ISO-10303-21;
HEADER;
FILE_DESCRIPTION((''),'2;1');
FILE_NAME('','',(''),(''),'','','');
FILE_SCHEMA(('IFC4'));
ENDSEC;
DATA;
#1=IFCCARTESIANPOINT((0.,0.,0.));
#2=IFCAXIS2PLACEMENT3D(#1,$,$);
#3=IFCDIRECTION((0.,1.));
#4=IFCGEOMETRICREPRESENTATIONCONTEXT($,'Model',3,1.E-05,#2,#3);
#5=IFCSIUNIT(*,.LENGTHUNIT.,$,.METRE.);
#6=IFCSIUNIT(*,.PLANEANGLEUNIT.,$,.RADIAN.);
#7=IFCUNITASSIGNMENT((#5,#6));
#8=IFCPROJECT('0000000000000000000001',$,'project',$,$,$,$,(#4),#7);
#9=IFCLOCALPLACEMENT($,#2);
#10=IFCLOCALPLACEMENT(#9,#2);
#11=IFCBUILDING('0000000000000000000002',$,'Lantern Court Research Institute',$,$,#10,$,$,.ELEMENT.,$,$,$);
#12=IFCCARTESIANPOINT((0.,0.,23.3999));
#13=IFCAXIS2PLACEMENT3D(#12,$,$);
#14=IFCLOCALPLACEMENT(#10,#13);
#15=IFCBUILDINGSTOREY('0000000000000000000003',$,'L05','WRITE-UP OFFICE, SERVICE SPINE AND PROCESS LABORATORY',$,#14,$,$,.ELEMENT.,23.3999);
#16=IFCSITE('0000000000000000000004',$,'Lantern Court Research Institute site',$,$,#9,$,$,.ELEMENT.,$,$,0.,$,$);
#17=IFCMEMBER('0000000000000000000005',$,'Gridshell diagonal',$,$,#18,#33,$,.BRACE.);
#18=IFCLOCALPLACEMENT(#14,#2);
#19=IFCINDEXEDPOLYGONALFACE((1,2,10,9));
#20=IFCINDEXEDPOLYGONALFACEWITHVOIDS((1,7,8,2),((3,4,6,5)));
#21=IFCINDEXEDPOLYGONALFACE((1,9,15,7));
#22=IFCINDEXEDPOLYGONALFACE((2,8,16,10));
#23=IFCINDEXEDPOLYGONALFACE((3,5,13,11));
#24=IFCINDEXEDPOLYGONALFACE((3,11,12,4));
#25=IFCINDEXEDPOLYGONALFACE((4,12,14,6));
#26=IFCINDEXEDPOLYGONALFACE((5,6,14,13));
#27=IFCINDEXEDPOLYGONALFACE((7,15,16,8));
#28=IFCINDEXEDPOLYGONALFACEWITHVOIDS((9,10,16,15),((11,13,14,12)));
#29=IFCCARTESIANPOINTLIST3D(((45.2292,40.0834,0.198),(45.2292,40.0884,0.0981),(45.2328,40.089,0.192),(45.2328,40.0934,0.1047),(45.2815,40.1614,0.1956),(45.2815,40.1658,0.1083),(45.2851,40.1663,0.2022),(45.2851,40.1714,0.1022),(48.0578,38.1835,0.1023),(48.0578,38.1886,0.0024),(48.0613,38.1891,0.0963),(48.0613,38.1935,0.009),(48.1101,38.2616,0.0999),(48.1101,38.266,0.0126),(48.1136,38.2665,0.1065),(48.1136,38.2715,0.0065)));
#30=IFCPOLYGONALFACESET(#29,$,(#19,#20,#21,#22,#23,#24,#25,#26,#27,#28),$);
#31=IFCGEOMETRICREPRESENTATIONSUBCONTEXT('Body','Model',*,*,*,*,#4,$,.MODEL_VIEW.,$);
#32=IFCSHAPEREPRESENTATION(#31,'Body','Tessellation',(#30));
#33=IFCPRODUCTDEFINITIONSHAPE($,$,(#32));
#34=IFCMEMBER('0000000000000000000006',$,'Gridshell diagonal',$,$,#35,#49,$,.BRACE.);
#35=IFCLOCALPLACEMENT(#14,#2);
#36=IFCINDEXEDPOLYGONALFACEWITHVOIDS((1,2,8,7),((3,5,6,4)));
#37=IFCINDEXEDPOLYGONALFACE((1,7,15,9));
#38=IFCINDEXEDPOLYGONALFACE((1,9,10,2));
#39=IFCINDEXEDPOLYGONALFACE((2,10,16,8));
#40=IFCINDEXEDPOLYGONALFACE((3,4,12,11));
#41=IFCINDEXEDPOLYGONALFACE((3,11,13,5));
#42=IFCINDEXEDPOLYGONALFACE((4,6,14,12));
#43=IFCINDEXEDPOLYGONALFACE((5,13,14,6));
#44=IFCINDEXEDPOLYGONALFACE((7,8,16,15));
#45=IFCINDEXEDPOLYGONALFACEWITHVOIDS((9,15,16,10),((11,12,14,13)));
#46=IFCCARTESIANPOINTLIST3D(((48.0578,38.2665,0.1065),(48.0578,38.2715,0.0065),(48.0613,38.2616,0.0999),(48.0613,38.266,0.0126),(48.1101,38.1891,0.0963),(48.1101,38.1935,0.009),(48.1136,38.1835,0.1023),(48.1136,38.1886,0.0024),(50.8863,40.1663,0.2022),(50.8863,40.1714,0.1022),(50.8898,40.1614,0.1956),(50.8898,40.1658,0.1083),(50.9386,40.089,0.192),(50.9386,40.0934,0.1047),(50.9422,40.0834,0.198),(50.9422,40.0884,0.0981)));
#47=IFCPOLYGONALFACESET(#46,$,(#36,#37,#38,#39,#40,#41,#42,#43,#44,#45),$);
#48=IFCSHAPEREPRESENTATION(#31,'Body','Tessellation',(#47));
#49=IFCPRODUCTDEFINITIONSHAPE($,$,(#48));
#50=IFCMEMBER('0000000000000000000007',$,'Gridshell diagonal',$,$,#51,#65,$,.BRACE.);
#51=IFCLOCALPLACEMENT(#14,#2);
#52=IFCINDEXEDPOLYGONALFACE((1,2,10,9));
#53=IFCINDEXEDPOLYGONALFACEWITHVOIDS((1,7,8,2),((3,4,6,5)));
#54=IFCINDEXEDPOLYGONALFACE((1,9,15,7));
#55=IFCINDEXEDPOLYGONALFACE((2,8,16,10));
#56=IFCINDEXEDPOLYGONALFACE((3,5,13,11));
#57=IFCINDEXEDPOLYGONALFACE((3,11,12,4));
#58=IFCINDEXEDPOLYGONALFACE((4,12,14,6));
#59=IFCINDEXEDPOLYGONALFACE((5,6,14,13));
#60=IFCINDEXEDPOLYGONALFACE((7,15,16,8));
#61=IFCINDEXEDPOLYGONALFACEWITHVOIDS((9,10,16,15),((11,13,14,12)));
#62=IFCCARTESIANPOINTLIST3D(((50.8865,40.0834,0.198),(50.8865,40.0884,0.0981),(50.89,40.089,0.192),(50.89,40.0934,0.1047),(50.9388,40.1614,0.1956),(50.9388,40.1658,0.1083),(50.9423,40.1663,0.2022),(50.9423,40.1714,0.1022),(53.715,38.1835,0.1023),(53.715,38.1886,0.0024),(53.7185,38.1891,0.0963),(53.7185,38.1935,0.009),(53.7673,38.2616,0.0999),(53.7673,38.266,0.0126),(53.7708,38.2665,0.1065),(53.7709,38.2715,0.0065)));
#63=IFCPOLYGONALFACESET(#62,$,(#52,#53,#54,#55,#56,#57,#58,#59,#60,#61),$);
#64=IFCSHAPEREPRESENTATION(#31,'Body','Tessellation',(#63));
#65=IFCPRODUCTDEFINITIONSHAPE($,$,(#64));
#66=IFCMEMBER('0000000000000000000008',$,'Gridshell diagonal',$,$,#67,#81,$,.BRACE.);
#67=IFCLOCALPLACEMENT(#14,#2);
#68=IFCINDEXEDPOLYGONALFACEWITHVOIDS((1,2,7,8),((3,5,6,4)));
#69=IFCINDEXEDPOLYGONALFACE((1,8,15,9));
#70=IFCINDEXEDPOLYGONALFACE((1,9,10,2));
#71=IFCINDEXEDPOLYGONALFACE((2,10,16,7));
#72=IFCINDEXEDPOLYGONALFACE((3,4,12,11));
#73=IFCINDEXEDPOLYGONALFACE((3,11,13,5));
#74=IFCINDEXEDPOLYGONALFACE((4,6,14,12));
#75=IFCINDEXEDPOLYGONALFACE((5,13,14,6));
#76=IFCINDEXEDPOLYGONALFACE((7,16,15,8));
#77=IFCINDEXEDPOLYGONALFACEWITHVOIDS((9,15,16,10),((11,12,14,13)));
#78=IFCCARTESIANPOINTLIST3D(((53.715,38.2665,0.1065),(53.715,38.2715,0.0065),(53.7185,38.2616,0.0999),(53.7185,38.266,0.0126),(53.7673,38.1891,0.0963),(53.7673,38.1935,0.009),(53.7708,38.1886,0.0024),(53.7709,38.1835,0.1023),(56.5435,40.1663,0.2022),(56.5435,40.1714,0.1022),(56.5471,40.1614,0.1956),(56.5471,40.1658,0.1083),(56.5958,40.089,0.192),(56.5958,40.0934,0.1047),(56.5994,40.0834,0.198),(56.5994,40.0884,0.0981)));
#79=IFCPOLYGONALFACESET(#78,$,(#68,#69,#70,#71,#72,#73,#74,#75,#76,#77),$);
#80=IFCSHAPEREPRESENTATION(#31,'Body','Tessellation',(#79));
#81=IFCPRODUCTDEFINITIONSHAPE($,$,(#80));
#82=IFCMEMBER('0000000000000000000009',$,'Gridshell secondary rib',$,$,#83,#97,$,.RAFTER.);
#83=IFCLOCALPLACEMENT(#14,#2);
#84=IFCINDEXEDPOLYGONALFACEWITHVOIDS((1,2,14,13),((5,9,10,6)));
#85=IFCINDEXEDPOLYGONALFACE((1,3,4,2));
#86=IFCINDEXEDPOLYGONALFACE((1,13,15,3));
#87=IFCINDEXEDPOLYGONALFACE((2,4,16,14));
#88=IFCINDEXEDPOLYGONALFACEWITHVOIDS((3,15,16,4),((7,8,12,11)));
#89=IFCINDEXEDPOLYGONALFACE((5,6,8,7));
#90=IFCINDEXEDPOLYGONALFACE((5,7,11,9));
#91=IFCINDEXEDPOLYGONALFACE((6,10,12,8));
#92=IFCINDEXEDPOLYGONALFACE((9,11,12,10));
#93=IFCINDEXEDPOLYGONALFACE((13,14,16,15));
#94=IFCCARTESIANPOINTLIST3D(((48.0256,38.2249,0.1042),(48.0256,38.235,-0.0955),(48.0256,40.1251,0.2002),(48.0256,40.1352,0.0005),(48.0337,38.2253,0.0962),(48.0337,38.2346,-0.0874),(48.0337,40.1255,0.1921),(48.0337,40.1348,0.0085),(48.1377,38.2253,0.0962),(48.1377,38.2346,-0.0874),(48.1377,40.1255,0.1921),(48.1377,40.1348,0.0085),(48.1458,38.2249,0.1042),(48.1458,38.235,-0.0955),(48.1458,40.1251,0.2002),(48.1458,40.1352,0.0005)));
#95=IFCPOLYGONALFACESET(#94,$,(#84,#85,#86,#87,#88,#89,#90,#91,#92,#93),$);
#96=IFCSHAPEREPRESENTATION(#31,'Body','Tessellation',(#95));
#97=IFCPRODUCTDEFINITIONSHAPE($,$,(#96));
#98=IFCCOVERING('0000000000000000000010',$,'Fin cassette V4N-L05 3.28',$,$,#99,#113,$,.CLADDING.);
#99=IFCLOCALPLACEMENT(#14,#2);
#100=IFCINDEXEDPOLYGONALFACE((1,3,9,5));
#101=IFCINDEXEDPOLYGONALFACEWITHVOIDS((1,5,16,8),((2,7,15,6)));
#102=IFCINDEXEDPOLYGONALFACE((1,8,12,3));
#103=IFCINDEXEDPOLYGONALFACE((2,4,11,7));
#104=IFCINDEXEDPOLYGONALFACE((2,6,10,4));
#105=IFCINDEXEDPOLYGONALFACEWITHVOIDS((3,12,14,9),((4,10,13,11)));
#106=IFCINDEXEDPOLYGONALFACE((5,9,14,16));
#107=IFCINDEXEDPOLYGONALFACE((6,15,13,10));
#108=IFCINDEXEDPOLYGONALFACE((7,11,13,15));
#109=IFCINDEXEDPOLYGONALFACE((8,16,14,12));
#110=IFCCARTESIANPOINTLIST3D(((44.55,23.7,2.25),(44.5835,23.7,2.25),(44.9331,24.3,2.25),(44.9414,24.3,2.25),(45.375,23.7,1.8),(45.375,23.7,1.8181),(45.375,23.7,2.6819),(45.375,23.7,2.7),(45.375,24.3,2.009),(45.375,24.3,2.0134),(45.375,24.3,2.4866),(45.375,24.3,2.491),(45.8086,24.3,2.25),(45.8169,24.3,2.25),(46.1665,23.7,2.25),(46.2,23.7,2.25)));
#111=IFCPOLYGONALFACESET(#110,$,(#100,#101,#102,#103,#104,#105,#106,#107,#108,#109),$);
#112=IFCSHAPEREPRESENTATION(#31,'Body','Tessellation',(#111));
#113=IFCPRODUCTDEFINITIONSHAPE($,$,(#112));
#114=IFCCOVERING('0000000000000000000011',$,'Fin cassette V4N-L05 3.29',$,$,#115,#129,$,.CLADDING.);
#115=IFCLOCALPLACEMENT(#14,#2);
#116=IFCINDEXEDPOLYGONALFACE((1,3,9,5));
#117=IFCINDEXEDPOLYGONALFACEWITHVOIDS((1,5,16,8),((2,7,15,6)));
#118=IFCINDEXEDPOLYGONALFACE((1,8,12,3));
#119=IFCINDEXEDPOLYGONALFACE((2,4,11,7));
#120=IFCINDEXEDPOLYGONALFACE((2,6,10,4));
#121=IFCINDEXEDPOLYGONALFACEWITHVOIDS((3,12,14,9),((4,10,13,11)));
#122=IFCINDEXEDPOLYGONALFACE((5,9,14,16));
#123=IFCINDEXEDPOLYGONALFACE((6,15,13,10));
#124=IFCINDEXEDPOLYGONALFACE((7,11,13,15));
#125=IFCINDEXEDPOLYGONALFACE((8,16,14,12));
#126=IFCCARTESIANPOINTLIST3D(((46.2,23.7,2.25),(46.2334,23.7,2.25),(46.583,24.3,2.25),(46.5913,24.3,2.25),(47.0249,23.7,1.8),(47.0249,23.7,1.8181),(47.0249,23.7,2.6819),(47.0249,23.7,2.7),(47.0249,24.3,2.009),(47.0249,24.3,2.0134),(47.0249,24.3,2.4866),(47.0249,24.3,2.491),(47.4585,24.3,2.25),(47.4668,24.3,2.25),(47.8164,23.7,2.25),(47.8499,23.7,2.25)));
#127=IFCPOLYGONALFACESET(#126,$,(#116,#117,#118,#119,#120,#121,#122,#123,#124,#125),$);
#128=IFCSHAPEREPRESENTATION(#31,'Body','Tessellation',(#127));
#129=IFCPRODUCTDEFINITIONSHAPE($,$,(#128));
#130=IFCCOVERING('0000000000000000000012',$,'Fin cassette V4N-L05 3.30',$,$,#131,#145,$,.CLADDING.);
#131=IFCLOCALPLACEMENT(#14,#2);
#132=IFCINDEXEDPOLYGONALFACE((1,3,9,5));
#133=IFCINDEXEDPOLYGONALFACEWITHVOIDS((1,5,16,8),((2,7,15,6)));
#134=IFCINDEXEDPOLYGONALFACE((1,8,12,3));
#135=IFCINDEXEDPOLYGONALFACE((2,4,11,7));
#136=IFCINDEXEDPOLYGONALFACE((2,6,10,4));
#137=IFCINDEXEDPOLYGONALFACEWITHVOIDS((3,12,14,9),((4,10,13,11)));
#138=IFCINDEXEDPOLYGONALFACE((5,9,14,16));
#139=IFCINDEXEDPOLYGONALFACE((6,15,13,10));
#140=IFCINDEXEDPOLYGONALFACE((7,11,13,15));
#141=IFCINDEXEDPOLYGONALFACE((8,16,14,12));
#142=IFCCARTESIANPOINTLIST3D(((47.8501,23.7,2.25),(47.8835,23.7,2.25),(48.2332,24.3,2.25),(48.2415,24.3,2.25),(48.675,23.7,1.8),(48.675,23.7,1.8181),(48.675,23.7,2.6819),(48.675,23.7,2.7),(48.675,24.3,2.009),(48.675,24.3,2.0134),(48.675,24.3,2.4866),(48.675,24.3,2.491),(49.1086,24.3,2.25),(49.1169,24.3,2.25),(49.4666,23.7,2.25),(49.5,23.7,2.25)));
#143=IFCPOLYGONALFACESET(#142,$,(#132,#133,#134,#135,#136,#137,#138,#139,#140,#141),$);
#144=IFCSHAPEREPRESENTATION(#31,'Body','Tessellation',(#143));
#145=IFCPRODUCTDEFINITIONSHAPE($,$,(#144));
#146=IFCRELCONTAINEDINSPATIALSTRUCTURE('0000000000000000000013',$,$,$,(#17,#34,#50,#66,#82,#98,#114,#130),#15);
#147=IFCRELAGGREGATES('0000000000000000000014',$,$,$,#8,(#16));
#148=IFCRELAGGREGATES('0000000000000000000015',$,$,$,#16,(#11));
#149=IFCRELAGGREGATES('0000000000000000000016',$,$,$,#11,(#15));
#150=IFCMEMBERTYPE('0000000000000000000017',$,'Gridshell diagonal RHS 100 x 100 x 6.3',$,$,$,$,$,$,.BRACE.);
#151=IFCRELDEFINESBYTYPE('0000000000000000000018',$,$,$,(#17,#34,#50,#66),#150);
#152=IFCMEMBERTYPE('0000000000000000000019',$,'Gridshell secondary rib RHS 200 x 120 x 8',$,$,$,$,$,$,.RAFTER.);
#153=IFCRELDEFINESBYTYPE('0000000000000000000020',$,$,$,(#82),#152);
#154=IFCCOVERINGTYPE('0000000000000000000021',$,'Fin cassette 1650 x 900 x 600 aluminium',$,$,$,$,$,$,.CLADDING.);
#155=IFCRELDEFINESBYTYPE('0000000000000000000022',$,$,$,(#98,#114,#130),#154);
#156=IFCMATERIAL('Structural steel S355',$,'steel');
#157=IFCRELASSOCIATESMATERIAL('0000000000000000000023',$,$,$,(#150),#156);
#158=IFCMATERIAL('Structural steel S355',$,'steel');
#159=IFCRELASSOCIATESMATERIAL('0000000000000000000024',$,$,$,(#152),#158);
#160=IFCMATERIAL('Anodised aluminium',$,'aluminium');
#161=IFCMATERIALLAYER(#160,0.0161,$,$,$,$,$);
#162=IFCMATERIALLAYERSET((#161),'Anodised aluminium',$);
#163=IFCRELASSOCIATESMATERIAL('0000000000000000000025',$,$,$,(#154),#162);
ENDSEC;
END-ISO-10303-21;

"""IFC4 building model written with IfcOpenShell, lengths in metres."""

from ifc_helpers import new_model, entity, si_unit, direction, frame, origin, origin_2d, place, context, subcontext, project, spatial, hollow_rectangle, extrude, material, layer, layer_set, material_profile, profile_set, type_object, element, save


model = new_model("IFC4")

# Units and contexts
model_context = context("Model", 3, precision=1e-05, world=origin(), true_north=direction((0.0, 1.0)))
body_context = subcontext(model_context, "Body", "Model", "MODEL_VIEW")
ifc_project = project(units=[si_unit("LENGTHUNIT", "METRE"), si_unit("PLANEANGLEUNIT", "RADIAN")], contexts=[model_context])

# Site, building, storey
site_placement = place(None, origin())
site = spatial("IfcSite", under=ifc_project, at=site_placement, Name="Lantern Court Research Institute site", CompositionType="ELEMENT", RefElevation=0.0)
building_placement = place(site_placement, origin())
building = spatial("IfcBuilding", under=site, at=building_placement, Name="Lantern Court Research Institute", CompositionType="ELEMENT")
storey_placement = place(building_placement, frame((0.0, 0.0, 23.3999)))
storey = spatial("IfcBuildingStorey", under=building, at=storey_placement, Name="L05", Description="WRITE-UP OFFICE, SERVICE SPINE AND PROCESS LABORATORY", CompositionType="ELEMENT", Elevation=23.3999)

# Members
ifc_material_1 = material(Name="Structural steel S355", Category="steel")
ifc_material_profile_1 = material_profile(ifc_material_1, hollow_rectangle(XDim=0.1001, YDim=0.1001, WallThickness=0.0063, at=origin_2d()), Name="Gridshell diagonal RHS 100 x 100 x 6.3")
ifc_profile_set_1 = profile_set([ifc_material_profile_1], Name="Structural steel S355")
member_type_1 = type_object("IfcMemberType", Name="Gridshell diagonal RHS 100 x 100 x 6.3", PredefinedType="BRACE", material=ifc_profile_set_1)
for number, where, z_axis, x_axis, name in (
    (1, (48.0857, 38.2275, 0.0544), (-0.8298, 0.557354, 0.028075), (-0.558061, -0.828749, -0.041762), "Gridshell diagonal"),
    (2, (48.0857, 38.2275, 0.0544), (0.8298, 0.557354, 0.028075), (-0.558061, 0.828749, 0.041762), "Gridshell diagonal"),
    (3, (53.7429, 38.2275, 0.0544), (-0.8298, 0.557354, 0.028075), (-0.558061, -0.828749, -0.041762), "Gridshell diagonal"),
    (4, (53.7429, 38.2275, 0.0544), (0.8298, 0.557354, 0.028075), (-0.558061, 0.828749, 0.041762), "Gridshell diagonal"),
):
    element("IfcMember", number, at=place(storey_placement, frame(where, z_axis=z_axis, x_axis=x_axis)), inside=storey, type_object=member_type_1, Name=name, PredefinedType="BRACE", context=body_context, shape_type="SweptSolid", body=[
        extrude(hollow_rectangle(XDim=0.1001, YDim=0.1001, WallThickness=0.0063, at=origin_2d()), origin(), (0.0, 0.0, 1.0), 3.4087),
    ])
ifc_material_2 = material(Name="Structural steel S355", Category="steel")
ifc_material_profile_2 = material_profile(ifc_material_2, hollow_rectangle(XDim=0.1201, YDim=0.2, WallThickness=0.0081, at=origin_2d()), Name="Gridshell secondary rib RHS 200 x 120 x 8")
ifc_profile_set_2 = profile_set([ifc_material_profile_2], Name="Structural steel S355")
member_type_2 = type_object("IfcMemberType", Name="Gridshell secondary rib RHS 200 x 120 x 8", PredefinedType="RAFTER", material=ifc_profile_set_2)
member_placement = place(storey_placement, frame((48.0857, 38.23, 0.0044), z_axis=(0.0, 0.998728, 0.05043), x_axis=(-1.0, 0.0, 0.0)))
element("IfcMember", 5, at=member_placement, inside=storey, type_object=member_type_2, Name="Gridshell secondary rib", PredefinedType="RAFTER", context=body_context, shape_type="SweptSolid", body=[
    extrude(hollow_rectangle(XDim=0.1201, YDim=0.2, WallThickness=0.0081, at=origin_2d()), origin(), (0.0, 0.0, 1.0), 1.9026),
])

# Coverings
ifc_material_3 = material(Name="Anodised aluminium", Category="aluminium")
ifc_layer = layer(ifc_material_3, 0.0161)
ifc_layer_set = layer_set([ifc_layer], Name="Anodised aluminium")
covering_type_1 = type_object("IfcCoveringType", Name="Fin cassette 1650 x 900 x 600 aluminium", PredefinedType="CLADDING", material=ifc_layer_set)
covering_1_placement = place(storey_placement, frame((45.375, 23.7, 2.25), z_axis=(0.0, 1.0, 0.0), x_axis=(-1.0, 0.0, 0.0)))
cartesian_point_1 = entity("IfcCartesianPoint", [0.825, 0.0])
cartesian_point_2 = entity("IfcCartesianPoint", [0.7915, 0.0])
cartesian_point_3 = entity("IfcCartesianPoint", [0.4419, 0.0])
cartesian_point_4 = entity("IfcCartesianPoint", [0.4336, 0.0])
element("IfcCovering", 6, at=covering_1_placement, inside=storey, type_object=covering_type_1, Name="Fin cassette V4N-L05 3.28", PredefinedType="CLADDING", context=body_context, shape_type="SweptSolid", body=[
    entity("IfcExtrudedAreaSolidTapered", entity("IfcArbitraryProfileDefWithVoids", "AREA", None, entity("IfcPolyline", [cartesian_point_1, entity("IfcCartesianPoint", [0.0, 0.45]), entity("IfcCartesianPoint", [-0.825, 0.0]), entity("IfcCartesianPoint", [0.0, -0.45]), cartesian_point_1]), [entity("IfcPolyline", [cartesian_point_2, entity("IfcCartesianPoint", [0.0, 0.4319]), entity("IfcCartesianPoint", [-0.7915, 0.0]), entity("IfcCartesianPoint", [0.0, -0.4319]), cartesian_point_2])]), entity("IfcAxis2Placement3D", entity("IfcCartesianPoint", [0.0, 0.0, 0.0])), entity("IfcDirection", [0.0, 0.0, 1.0]), 0.6001, entity("IfcArbitraryProfileDefWithVoids", "AREA", None, entity("IfcPolyline", [cartesian_point_3, entity("IfcCartesianPoint", [0.0, 0.241]), entity("IfcCartesianPoint", [-0.4419, 0.0]), entity("IfcCartesianPoint", [0.0, -0.241]), cartesian_point_3]), [entity("IfcPolyline", [cartesian_point_4, entity("IfcCartesianPoint", [0.0, 0.2366]), entity("IfcCartesianPoint", [-0.4336, 0.0]), entity("IfcCartesianPoint", [0.0, -0.2366]), cartesian_point_4])])),
])
covering_2_placement = place(storey_placement, frame((47.0249, 23.7, 2.25), z_axis=(0.0, 1.0, 0.0), x_axis=(-1.0, 0.0, 0.0)))
cartesian_point_5 = entity("IfcCartesianPoint", [0.825, 0.0])
cartesian_point_6 = entity("IfcCartesianPoint", [0.7915, 0.0])
cartesian_point_7 = entity("IfcCartesianPoint", [0.4419, 0.0])
cartesian_point_8 = entity("IfcCartesianPoint", [0.4336, 0.0])
element("IfcCovering", 7, at=covering_2_placement, inside=storey, type_object=covering_type_1, Name="Fin cassette V4N-L05 3.29", PredefinedType="CLADDING", context=body_context, shape_type="SweptSolid", body=[
    entity("IfcExtrudedAreaSolidTapered", entity("IfcArbitraryProfileDefWithVoids", "AREA", None, entity("IfcPolyline", [cartesian_point_5, entity("IfcCartesianPoint", [0.0, 0.45]), entity("IfcCartesianPoint", [-0.825, 0.0]), entity("IfcCartesianPoint", [0.0, -0.45]), cartesian_point_5]), [entity("IfcPolyline", [cartesian_point_6, entity("IfcCartesianPoint", [0.0, 0.4319]), entity("IfcCartesianPoint", [-0.7915, 0.0]), entity("IfcCartesianPoint", [0.0, -0.4319]), cartesian_point_6])]), entity("IfcAxis2Placement3D", entity("IfcCartesianPoint", [0.0, 0.0, 0.0])), entity("IfcDirection", [0.0, 0.0, 1.0]), 0.6001, entity("IfcArbitraryProfileDefWithVoids", "AREA", None, entity("IfcPolyline", [cartesian_point_7, entity("IfcCartesianPoint", [0.0, 0.241]), entity("IfcCartesianPoint", [-0.4419, 0.0]), entity("IfcCartesianPoint", [0.0, -0.241]), cartesian_point_7]), [entity("IfcPolyline", [cartesian_point_8, entity("IfcCartesianPoint", [0.0, 0.2366]), entity("IfcCartesianPoint", [-0.4336, 0.0]), entity("IfcCartesianPoint", [0.0, -0.2366]), cartesian_point_8])])),
])
covering_3_placement = place(storey_placement, frame((48.675, 23.7, 2.25), z_axis=(0.0, 1.0, 0.0), x_axis=(-1.0, 0.0, 0.0)))
cartesian_point_9 = entity("IfcCartesianPoint", [0.825, 0.0])
cartesian_point_10 = entity("IfcCartesianPoint", [0.7915, 0.0])
cartesian_point_11 = entity("IfcCartesianPoint", [0.4419, 0.0])
cartesian_point_12 = entity("IfcCartesianPoint", [0.4336, 0.0])
element("IfcCovering", 8, at=covering_3_placement, inside=storey, type_object=covering_type_1, Name="Fin cassette V4N-L05 3.30", PredefinedType="CLADDING", context=body_context, shape_type="SweptSolid", body=[
    entity("IfcExtrudedAreaSolidTapered", entity("IfcArbitraryProfileDefWithVoids", "AREA", None, entity("IfcPolyline", [cartesian_point_9, entity("IfcCartesianPoint", [0.0, 0.45]), entity("IfcCartesianPoint", [-0.825, 0.0]), entity("IfcCartesianPoint", [0.0, -0.45]), cartesian_point_9]), [entity("IfcPolyline", [cartesian_point_10, entity("IfcCartesianPoint", [0.0, 0.4319]), entity("IfcCartesianPoint", [-0.7915, 0.0]), entity("IfcCartesianPoint", [0.0, -0.4319]), cartesian_point_10])]), entity("IfcAxis2Placement3D", entity("IfcCartesianPoint", [0.0, 0.0, 0.0])), entity("IfcDirection", [0.0, 0.0, 1.0]), 0.6001, entity("IfcArbitraryProfileDefWithVoids", "AREA", None, entity("IfcPolyline", [cartesian_point_11, entity("IfcCartesianPoint", [0.0, 0.241]), entity("IfcCartesianPoint", [-0.4419, 0.0]), entity("IfcCartesianPoint", [0.0, -0.241]), cartesian_point_11]), [entity("IfcPolyline", [cartesian_point_12, entity("IfcCartesianPoint", [0.0, 0.2366]), entity("IfcCartesianPoint", [-0.4336, 0.0]), entity("IfcCartesianPoint", [0.0, -0.2366]), cartesian_point_12])])),
])

save(model, "model.ifc")
